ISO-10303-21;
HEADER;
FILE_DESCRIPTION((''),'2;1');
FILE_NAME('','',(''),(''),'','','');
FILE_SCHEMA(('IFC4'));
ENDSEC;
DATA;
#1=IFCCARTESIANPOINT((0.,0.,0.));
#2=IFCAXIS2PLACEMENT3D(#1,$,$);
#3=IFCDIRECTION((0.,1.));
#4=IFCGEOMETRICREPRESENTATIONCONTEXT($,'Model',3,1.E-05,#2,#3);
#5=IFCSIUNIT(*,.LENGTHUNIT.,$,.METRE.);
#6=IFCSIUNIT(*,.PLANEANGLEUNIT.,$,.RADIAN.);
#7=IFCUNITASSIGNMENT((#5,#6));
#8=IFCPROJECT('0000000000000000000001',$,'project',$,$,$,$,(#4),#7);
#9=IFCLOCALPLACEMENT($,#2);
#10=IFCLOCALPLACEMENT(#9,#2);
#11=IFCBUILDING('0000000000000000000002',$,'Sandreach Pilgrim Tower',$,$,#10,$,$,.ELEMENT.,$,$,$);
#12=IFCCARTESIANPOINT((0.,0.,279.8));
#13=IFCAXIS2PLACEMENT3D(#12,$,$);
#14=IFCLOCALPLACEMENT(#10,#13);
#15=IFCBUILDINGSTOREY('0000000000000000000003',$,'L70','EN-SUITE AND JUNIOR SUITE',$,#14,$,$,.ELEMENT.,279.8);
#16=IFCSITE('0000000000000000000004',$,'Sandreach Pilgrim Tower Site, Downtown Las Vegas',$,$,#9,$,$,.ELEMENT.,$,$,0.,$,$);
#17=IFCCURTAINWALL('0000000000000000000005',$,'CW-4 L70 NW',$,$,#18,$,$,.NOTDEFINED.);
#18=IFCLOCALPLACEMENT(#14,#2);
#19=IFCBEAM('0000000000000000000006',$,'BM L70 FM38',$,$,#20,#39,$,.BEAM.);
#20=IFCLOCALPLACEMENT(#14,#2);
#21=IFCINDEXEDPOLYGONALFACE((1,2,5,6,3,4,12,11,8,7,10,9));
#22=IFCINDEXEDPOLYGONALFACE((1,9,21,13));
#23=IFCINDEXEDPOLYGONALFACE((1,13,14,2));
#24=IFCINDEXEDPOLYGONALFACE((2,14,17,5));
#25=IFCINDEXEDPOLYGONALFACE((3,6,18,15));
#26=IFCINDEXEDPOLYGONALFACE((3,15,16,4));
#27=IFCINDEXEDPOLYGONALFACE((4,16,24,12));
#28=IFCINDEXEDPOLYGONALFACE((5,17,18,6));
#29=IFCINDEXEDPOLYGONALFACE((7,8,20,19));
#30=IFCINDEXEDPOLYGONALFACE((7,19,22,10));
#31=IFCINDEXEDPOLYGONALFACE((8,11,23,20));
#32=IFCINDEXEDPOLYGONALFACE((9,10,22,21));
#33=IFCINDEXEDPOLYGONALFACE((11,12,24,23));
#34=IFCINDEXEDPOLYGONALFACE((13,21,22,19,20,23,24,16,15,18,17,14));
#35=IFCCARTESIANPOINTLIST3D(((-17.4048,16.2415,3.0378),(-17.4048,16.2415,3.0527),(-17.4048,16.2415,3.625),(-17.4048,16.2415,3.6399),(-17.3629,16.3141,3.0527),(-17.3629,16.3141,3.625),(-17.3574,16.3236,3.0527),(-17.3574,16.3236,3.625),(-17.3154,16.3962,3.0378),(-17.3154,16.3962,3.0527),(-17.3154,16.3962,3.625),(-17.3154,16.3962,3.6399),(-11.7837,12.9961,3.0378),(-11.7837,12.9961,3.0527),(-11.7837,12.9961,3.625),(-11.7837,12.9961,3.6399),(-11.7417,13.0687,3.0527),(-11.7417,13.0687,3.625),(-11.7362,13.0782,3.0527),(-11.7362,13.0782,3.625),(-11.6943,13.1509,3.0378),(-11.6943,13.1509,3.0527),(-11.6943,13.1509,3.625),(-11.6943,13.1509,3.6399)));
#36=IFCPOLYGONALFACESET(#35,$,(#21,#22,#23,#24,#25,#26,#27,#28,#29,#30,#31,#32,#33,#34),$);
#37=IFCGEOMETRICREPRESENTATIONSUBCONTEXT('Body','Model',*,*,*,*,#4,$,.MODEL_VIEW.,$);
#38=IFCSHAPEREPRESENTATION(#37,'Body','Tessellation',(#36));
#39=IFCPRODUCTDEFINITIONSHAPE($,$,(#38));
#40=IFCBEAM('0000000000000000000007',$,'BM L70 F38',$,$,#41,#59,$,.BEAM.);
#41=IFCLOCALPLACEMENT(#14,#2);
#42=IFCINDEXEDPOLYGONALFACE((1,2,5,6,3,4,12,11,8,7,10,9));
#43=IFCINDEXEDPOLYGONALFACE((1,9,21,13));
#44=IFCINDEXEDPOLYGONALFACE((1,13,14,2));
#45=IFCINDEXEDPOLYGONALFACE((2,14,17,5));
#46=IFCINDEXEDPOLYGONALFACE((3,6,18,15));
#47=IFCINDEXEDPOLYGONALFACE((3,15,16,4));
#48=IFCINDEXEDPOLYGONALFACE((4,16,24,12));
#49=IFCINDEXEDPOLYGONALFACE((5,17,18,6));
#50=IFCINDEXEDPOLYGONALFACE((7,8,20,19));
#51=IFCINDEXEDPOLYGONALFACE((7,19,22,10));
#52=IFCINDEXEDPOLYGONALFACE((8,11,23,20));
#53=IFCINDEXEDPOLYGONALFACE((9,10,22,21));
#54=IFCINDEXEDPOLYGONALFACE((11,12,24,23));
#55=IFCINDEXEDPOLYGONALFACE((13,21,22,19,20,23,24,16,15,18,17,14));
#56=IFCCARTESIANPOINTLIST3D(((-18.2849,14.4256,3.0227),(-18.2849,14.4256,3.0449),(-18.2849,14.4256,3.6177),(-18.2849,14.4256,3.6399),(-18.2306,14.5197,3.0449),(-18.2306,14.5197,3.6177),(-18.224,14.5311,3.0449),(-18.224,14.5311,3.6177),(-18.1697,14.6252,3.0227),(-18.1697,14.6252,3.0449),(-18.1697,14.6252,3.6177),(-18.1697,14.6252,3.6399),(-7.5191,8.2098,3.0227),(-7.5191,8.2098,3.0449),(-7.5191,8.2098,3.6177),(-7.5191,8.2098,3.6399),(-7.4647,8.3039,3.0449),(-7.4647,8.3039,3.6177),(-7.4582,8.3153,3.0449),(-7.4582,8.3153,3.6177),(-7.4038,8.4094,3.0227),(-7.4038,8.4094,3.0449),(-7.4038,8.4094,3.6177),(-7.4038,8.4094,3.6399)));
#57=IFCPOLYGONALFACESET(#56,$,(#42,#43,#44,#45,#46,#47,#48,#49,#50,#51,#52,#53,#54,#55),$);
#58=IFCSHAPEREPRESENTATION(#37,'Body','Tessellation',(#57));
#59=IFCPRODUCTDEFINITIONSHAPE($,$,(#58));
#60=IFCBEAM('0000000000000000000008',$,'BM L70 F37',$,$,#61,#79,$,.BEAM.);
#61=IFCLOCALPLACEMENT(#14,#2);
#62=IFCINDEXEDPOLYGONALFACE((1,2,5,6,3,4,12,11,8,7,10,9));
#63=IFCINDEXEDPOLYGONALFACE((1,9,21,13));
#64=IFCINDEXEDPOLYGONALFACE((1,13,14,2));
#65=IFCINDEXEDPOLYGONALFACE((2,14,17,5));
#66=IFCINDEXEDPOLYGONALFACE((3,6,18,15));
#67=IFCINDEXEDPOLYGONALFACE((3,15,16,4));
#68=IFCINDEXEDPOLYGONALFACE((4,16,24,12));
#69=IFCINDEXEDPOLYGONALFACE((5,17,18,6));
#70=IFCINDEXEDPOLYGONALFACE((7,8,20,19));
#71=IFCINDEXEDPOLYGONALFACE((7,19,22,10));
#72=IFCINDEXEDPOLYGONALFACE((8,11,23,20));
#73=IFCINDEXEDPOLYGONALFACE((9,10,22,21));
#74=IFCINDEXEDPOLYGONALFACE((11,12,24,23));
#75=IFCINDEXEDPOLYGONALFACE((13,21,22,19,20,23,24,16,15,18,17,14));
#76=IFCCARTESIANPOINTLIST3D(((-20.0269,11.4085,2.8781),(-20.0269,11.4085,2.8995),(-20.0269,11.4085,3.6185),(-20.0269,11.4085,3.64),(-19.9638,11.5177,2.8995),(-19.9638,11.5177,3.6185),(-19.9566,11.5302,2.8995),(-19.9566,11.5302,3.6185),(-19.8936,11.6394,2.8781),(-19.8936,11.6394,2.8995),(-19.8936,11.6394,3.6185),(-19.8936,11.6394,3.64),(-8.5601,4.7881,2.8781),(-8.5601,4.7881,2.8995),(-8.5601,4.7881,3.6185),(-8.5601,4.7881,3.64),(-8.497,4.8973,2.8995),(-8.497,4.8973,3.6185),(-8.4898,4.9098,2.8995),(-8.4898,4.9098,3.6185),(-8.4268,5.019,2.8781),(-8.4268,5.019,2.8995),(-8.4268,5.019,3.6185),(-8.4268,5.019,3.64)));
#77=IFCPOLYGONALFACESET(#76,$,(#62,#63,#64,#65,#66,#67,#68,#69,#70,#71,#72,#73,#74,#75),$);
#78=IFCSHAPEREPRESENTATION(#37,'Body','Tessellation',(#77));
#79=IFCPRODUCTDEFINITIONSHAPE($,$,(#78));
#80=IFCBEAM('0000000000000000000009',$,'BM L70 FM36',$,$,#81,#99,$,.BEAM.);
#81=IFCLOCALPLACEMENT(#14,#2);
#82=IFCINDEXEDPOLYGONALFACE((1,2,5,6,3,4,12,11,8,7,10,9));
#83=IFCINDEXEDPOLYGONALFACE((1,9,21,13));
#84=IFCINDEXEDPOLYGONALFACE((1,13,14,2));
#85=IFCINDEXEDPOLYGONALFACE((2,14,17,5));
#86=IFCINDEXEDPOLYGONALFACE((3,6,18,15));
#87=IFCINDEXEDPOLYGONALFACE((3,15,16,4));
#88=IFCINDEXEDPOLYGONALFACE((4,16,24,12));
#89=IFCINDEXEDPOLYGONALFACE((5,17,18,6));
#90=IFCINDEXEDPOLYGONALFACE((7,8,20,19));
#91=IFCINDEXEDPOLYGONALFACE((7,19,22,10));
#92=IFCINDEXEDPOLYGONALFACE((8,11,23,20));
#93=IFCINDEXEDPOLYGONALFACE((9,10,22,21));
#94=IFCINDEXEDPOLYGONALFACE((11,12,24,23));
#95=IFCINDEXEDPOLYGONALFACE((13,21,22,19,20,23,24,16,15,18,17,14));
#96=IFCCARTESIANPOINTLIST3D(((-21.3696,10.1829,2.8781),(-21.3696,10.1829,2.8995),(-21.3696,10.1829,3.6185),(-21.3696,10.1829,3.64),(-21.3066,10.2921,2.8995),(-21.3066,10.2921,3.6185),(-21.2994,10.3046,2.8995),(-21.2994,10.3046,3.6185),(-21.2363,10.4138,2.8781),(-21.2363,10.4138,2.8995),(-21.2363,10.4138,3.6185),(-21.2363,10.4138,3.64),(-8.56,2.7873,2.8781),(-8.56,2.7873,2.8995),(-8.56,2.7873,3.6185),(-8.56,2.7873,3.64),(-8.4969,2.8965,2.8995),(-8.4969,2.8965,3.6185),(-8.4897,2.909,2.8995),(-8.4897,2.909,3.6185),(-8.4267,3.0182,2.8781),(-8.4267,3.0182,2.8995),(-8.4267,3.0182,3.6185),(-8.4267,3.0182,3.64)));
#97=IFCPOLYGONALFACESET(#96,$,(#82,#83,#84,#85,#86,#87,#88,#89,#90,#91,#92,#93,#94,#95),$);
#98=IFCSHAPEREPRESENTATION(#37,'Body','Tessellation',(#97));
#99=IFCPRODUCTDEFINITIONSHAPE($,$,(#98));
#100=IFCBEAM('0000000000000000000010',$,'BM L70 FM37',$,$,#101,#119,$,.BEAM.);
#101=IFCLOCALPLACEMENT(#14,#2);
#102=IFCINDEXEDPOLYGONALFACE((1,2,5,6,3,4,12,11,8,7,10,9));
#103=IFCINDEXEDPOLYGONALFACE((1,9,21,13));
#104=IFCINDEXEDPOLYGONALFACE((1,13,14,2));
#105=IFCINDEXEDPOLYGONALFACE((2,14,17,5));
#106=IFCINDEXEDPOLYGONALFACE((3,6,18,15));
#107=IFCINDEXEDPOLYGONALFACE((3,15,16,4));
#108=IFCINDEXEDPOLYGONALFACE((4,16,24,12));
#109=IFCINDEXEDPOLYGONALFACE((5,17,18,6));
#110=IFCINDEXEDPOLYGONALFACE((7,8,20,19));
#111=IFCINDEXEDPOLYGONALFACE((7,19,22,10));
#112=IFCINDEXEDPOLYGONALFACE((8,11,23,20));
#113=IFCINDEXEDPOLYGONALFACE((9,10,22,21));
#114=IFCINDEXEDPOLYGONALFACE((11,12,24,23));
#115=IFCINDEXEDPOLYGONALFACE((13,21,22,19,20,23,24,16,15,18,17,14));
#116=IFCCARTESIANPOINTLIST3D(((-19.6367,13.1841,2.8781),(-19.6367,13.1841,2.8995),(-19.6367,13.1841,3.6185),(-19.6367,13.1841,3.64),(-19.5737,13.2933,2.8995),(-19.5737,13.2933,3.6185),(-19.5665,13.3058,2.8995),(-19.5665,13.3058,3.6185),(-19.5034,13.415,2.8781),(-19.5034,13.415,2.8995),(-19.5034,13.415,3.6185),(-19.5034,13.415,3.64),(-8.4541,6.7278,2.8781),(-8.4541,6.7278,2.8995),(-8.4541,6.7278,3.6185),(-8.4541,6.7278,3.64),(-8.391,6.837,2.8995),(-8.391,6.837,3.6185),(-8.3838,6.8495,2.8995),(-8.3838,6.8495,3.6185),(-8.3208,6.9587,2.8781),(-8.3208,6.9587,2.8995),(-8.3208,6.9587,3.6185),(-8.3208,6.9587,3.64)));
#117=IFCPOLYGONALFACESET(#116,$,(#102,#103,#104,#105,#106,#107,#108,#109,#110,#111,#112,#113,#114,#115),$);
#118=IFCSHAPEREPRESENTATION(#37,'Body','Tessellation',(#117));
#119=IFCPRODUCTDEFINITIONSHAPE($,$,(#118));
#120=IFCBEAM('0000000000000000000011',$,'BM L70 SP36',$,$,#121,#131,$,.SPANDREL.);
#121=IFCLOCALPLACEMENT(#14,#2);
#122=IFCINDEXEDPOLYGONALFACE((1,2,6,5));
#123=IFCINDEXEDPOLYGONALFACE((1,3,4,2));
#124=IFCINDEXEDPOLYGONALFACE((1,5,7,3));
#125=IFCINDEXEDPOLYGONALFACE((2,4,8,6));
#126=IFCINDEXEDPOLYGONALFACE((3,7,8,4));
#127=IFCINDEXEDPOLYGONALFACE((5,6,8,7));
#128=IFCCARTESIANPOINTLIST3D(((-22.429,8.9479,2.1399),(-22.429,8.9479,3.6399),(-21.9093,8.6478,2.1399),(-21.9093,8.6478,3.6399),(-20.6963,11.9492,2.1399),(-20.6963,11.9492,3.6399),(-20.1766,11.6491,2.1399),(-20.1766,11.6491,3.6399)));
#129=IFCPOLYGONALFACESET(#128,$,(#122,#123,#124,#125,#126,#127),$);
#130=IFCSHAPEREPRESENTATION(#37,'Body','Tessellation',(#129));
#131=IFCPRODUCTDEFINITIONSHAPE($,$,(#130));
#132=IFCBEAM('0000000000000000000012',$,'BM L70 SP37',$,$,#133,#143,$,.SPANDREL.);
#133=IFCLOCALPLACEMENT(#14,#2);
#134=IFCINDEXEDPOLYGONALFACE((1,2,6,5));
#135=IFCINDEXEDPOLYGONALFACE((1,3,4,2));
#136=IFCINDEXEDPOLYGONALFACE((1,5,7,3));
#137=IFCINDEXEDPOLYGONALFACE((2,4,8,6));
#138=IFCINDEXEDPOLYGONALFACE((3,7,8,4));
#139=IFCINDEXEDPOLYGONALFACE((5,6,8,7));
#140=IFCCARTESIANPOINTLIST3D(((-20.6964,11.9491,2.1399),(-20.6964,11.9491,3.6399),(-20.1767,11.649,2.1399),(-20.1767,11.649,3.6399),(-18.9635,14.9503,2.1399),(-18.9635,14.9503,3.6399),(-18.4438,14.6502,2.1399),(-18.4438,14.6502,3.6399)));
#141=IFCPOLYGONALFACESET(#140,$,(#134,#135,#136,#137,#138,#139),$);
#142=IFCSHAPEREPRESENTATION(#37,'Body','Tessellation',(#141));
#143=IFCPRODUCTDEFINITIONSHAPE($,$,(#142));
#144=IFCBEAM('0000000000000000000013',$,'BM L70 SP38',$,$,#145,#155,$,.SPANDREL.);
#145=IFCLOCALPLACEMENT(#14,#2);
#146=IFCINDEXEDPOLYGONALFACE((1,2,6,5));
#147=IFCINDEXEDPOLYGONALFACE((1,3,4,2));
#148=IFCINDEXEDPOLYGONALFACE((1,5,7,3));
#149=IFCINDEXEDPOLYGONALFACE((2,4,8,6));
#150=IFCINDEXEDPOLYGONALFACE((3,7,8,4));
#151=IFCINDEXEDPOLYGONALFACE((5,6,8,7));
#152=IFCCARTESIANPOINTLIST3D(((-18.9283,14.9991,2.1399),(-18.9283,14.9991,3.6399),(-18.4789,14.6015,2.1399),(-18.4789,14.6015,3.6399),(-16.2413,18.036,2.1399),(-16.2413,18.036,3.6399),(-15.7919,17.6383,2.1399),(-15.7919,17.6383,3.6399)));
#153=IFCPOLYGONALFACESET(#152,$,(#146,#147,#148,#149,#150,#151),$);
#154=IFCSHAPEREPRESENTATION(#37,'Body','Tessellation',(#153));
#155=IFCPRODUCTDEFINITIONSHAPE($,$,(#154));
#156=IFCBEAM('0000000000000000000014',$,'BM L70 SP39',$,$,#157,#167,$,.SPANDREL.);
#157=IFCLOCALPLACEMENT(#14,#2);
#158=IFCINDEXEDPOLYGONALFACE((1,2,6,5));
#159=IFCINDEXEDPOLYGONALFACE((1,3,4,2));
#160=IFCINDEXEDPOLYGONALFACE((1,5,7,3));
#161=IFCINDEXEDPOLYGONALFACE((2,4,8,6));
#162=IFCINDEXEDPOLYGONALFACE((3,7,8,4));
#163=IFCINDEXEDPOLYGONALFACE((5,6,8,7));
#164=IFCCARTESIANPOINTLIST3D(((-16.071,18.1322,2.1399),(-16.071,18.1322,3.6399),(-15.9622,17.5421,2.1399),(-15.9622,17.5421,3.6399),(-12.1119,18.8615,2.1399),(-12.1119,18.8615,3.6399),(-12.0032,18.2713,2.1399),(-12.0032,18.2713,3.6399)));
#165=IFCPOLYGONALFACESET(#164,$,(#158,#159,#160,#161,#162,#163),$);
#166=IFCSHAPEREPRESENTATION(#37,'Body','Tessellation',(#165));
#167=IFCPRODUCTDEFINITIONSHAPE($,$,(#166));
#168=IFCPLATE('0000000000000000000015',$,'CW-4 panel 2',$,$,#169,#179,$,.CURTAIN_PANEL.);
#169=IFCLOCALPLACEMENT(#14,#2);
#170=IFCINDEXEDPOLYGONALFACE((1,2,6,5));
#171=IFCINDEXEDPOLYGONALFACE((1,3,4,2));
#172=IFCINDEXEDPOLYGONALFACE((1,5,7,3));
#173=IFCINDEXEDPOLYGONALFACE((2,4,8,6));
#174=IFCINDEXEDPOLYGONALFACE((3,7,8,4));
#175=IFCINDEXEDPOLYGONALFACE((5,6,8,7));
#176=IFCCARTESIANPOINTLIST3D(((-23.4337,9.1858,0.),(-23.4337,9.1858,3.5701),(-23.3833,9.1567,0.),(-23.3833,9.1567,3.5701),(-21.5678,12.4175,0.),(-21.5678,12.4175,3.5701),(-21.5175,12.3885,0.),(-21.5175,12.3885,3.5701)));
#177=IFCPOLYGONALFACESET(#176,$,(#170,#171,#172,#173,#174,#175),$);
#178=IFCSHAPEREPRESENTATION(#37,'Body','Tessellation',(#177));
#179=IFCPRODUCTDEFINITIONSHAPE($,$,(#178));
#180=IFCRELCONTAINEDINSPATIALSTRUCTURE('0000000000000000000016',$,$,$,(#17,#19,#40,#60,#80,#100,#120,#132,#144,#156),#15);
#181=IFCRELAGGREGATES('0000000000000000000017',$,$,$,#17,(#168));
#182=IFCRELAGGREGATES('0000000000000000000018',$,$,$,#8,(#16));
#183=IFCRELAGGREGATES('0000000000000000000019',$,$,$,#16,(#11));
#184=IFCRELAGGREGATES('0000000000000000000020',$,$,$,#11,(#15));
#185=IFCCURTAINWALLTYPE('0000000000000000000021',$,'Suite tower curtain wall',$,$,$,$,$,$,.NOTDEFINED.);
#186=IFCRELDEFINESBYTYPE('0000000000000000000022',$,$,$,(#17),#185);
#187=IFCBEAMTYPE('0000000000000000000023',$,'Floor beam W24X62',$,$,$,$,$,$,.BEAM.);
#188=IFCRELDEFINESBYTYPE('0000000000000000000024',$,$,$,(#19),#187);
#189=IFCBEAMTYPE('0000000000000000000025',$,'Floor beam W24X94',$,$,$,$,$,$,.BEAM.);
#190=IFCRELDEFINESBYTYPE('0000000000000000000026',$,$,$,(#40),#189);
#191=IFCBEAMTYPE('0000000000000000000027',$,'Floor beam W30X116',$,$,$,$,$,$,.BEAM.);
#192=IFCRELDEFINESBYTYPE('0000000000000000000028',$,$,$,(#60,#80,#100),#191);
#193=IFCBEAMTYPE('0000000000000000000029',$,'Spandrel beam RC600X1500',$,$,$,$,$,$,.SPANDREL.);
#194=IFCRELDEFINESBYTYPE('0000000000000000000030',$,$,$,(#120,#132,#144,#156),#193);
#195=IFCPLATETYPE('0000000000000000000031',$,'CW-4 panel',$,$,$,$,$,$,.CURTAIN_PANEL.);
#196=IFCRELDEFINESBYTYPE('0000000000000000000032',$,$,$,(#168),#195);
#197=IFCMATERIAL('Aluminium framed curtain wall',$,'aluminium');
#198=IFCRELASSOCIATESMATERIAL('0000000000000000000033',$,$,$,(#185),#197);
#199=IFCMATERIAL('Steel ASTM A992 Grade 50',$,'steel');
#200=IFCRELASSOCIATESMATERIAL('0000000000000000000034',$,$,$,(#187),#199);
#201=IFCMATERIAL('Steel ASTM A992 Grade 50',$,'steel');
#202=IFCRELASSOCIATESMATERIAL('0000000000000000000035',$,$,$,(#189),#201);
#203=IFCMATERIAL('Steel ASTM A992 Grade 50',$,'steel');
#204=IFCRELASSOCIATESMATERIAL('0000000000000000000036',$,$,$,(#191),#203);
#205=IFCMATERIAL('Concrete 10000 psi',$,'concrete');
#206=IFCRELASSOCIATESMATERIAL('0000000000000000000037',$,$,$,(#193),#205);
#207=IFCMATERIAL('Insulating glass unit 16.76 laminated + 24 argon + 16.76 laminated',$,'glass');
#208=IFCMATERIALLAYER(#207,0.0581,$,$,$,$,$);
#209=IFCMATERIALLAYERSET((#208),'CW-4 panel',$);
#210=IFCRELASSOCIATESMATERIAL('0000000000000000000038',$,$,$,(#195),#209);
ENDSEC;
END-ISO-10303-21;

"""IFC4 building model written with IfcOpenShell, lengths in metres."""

from ifc_helpers import new_model, si_unit, direction, frame, origin, origin_2d, place, context, subcontext, project, spatial, rectangle, i_section, extrude, material, layer, layer_set, material_profile, profile_set, type_object, element, aggregate, save


model = new_model("IFC4")

# Units and contexts
model_context = context("Model", 3, precision=1e-05, world=origin(), true_north=direction((0.0, 1.0)))
body_context = subcontext(model_context, "Body", "Model", "MODEL_VIEW")
ifc_project = project(units=[si_unit("LENGTHUNIT", "METRE"), si_unit("PLANEANGLEUNIT", "RADIAN")], contexts=[model_context])

# Site, building, storey
site_placement = place(None, origin())
site = spatial("IfcSite", under=ifc_project, at=site_placement, Name="Sandreach Pilgrim Tower Site, Downtown Las Vegas", CompositionType="ELEMENT", RefElevation=0.0)
building_placement = place(site_placement, origin())
building = spatial("IfcBuilding", under=site, at=building_placement, Name="Sandreach Pilgrim Tower", CompositionType="ELEMENT")
storey_placement = place(building_placement, frame((0.0, 0.0, 279.8)))
storey = spatial("IfcBuildingStorey", under=building, at=storey_placement, Name="L70", Description="EN-SUITE AND JUNIOR SUITE", CompositionType="ELEMENT", Elevation=279.8)

# Shared definitions
ifc_material_1 = material(Name="Aluminium framed curtain wall", Category="aluminium")
curtain_wall_type = type_object("IfcCurtainWallType", Name="Suite tower curtain wall", PredefinedType="NOTDEFINED", material=ifc_material_1)

# Curtain wall
curtain_wall_1_placement = place(storey_placement, origin())
curtain_wall_1 = element("IfcCurtainWall", 1, at=curtain_wall_1_placement, inside=storey, type_object=curtain_wall_type, Name="CW-4 L70 NW", PredefinedType="NOTDEFINED")

# Beams
ifc_material_2 = material(Name="Steel ASTM A992 Grade 50", Category="steel")
ifc_material_profile_1 = material_profile(ifc_material_2, i_section(OverallWidth=0.1787, OverallDepth=0.6021, WebThickness=0.011, FlangeThickness=0.0149, at=origin_2d()), Name="W24X62")
ifc_profile_set_1 = profile_set([ifc_material_profile_1], Name="Steel ASTM A992 Grade 50")
beam_type_1 = type_object("IfcBeamType", Name="Floor beam W24X62", PredefinedType="BEAM", material=ifc_profile_set_1)
beam_1_placement = place(storey_placement, frame((-17.3601, 16.3188, 3.3389), z_axis=(0.866024, -0.500002, 0.0), x_axis=(0.500002, 0.866024, 0.0)))
element("IfcBeam", 2, at=beam_1_placement, inside=storey, type_object=beam_type_1, Name="BM L70 FM38", PredefinedType="BEAM", context=body_context, shape_type="SweptSolid", body=[
    extrude(i_section(OverallWidth=0.1787, OverallDepth=0.6021, WebThickness=0.011, FlangeThickness=0.0149, at=origin_2d()), origin(), (0.0, 0.0, 1.0), 6.4907),
])
ifc_material_3 = material(Name="Steel ASTM A992 Grade 50", Category="steel")
ifc_material_profile_2 = material_profile(ifc_material_3, i_section(OverallWidth=0.2305, OverallDepth=0.6172, WebThickness=0.0132, FlangeThickness=0.0222, at=origin_2d()), Name="W24X94")
ifc_profile_set_2 = profile_set([ifc_material_profile_2], Name="Steel ASTM A992 Grade 50")
beam_type_2 = type_object("IfcBeamType", Name="Floor beam W24X94", PredefinedType="BEAM", material=ifc_profile_set_2)
beam_2_placement = place(storey_placement, frame((-18.2273, 14.5254, 3.3313), z_axis=(0.86602, -0.500009, 0.0), x_axis=(0.500009, 0.86602, 0.0)))
element("IfcBeam", 3, at=beam_2_placement, inside=storey, type_object=beam_type_2, Name="BM L70 F38", PredefinedType="BEAM", context=body_context, shape_type="SweptSolid", body=[
    extrude(i_section(OverallWidth=0.2305, OverallDepth=0.6172, WebThickness=0.0132, FlangeThickness=0.0222, at=origin_2d()), origin(), (0.0, 0.0, 1.0), 12.4314),
])
ifc_material_4 = material(Name="Steel ASTM A992 Grade 50", Category="steel")
ifc_material_profile_3 = material_profile(ifc_material_4, i_section(OverallWidth=0.2666, OverallDepth=0.762, WebThickness=0.0144, FlangeThickness=0.0215, at=origin_2d()), Name="W30X116")
ifc_profile_set_3 = profile_set([ifc_material_profile_3], Name="Steel ASTM A992 Grade 50")
beam_type_3 = type_object("IfcBeamType", Name="Floor beam W30X116", PredefinedType="BEAM", material=ifc_profile_set_3)
beam_3_placement = place(storey_placement, frame((-19.9602, 11.5239, 3.259), z_axis=(0.866025, -0.5, 0.0), x_axis=(0.5, 0.866025, 0.0)))
element("IfcBeam", 4, at=beam_3_placement, inside=storey, type_object=beam_type_3, Name="BM L70 F37", PredefinedType="BEAM", context=body_context, shape_type="SweptSolid", body=[
    extrude(i_section(OverallWidth=0.2666, OverallDepth=0.762, WebThickness=0.0144, FlangeThickness=0.0215, at=origin_2d()), origin(), (0.0, 0.0, 1.0), 13.2407),
])
beam_4_placement = place(storey_placement, frame((-21.303, 10.2983, 3.259), z_axis=(0.866028, -0.499995, 0.0), x_axis=(0.499995, 0.866028, 0.0)))
element("IfcBeam", 5, at=beam_4_placement, inside=storey, type_object=beam_type_3, Name="BM L70 FM36", PredefinedType="BEAM", context=body_context, shape_type="SweptSolid", body=[
    extrude(i_section(OverallWidth=0.2666, OverallDepth=0.762, WebThickness=0.0144, FlangeThickness=0.0215, at=origin_2d()), origin(), (0.0, 0.0, 1.0), 14.7913),
])
beam_5_placement = place(storey_placement, frame((-19.5701, 13.2996, 3.259), z_axis=(0.866025, -0.500001, 0.0), x_axis=(0.500001, 0.866025, 0.0)))
element("IfcBeam", 6, at=beam_5_placement, inside=storey, type_object=beam_type_3, Name="BM L70 FM37", PredefinedType="BEAM", context=body_context, shape_type="SweptSolid", body=[
    extrude(i_section(OverallWidth=0.2666, OverallDepth=0.762, WebThickness=0.0144, FlangeThickness=0.0215, at=origin_2d()), origin(), (0.0, 0.0, 1.0), 12.9126),
])
ifc_material_5 = material(Name="Concrete 10000 psi", Category="concrete")
ifc_material_profile_4 = material_profile(ifc_material_5, rectangle(XDim=0.6001, YDim=1.5, at=origin_2d()), Name="RC600X1500")
ifc_profile_set_4 = profile_set([ifc_material_profile_4], Name="Concrete 10000 psi")
beam_type_4 = type_object("IfcBeamType", Name="Spandrel beam RC600X1500", PredefinedType="SPANDREL", material=ifc_profile_set_4)
for number, where, z_axis, x_axis, name in (
    (7, (-22.1692, 8.7979, 2.8899), (0.499981, 0.866037, 0.0), (-0.866037, 0.499981, 0.0), "BM L70 SP36"),
    (8, (-20.4365, 11.7991, 2.8899), (0.500033, 0.866006, 0.0), (-0.866006, 0.500033, 0.0), "BM L70 SP37"),
):
    element("IfcBeam", number, at=place(storey_placement, frame(where, z_axis=z_axis, x_axis=x_axis)), inside=storey, type_object=beam_type_4, Name=name, PredefinedType="SPANDREL", context=body_context, shape_type="SweptSolid", body=[
        extrude(rectangle(XDim=0.6001, YDim=1.5, at=origin_2d()), origin(), (0.0, 0.0, 1.0), 3.4656),
    ])
beam_6_placement = place(storey_placement, frame((-18.7036, 14.8003, 2.8899), z_axis=(0.662651, 0.748929, 0.0), x_axis=(-0.748929, 0.662651, 0.0)))
element("IfcBeam", 9, at=beam_6_placement, inside=storey, type_object=beam_type_4, Name="BM L70 SP38", PredefinedType="SPANDREL", context=body_context, shape_type="SweptSolid", body=[
    extrude(rectangle(XDim=0.6001, YDim=1.5, at=origin_2d()), origin(), (0.0, 0.0, 1.0), 4.0549),
])
beam_7_placement = place(storey_placement, frame((-16.0166, 17.8372, 2.8899), z_axis=(0.983455, 0.181153, 0.0), x_axis=(-0.181153, 0.983455, 0.0)))
element("IfcBeam", 10, at=beam_7_placement, inside=storey, type_object=beam_type_4, Name="BM L70 SP39", PredefinedType="SPANDREL", context=body_context, shape_type="SweptSolid", body=[
    extrude(rectangle(XDim=0.6001, YDim=1.5, at=origin_2d()), origin(), (0.0, 0.0, 1.0), 4.0256),
])

# Plate
ifc_material_6 = material(Name="Insulating glass unit 16.76 laminated + 24 argon + 16.76 laminated", Category="glass")
ifc_layer_1 = layer(ifc_material_6, 0.0581)
ifc_layer_set_1 = layer_set([ifc_layer_1], Name="CW-4 panel")
plate_type = type_object("IfcPlateType", Name="CW-4 panel", PredefinedType="CURTAIN_PANEL", material=ifc_layer_set_1)
plate_1_placement = place(storey_placement, frame((-22.4756, 10.7871, 0.0), z_axis=(0.0, 0.0, 1.0), x_axis=(0.5, 0.866025, 0.0)))
plate_1 = element("IfcPlate", 11, at=plate_1_placement, type_object=plate_type, Name="CW-4 panel 2", PredefinedType="CURTAIN_PANEL", context=body_context, shape_type="SweptSolid", body=[
    extrude(rectangle(XDim=3.7317, YDim=0.0581, at=origin_2d()), origin(), (0.0, 0.0, 1.0), 3.5701),
])
aggregate(curtain_wall_1, [plate_1])

save(model, "model.ifc")
